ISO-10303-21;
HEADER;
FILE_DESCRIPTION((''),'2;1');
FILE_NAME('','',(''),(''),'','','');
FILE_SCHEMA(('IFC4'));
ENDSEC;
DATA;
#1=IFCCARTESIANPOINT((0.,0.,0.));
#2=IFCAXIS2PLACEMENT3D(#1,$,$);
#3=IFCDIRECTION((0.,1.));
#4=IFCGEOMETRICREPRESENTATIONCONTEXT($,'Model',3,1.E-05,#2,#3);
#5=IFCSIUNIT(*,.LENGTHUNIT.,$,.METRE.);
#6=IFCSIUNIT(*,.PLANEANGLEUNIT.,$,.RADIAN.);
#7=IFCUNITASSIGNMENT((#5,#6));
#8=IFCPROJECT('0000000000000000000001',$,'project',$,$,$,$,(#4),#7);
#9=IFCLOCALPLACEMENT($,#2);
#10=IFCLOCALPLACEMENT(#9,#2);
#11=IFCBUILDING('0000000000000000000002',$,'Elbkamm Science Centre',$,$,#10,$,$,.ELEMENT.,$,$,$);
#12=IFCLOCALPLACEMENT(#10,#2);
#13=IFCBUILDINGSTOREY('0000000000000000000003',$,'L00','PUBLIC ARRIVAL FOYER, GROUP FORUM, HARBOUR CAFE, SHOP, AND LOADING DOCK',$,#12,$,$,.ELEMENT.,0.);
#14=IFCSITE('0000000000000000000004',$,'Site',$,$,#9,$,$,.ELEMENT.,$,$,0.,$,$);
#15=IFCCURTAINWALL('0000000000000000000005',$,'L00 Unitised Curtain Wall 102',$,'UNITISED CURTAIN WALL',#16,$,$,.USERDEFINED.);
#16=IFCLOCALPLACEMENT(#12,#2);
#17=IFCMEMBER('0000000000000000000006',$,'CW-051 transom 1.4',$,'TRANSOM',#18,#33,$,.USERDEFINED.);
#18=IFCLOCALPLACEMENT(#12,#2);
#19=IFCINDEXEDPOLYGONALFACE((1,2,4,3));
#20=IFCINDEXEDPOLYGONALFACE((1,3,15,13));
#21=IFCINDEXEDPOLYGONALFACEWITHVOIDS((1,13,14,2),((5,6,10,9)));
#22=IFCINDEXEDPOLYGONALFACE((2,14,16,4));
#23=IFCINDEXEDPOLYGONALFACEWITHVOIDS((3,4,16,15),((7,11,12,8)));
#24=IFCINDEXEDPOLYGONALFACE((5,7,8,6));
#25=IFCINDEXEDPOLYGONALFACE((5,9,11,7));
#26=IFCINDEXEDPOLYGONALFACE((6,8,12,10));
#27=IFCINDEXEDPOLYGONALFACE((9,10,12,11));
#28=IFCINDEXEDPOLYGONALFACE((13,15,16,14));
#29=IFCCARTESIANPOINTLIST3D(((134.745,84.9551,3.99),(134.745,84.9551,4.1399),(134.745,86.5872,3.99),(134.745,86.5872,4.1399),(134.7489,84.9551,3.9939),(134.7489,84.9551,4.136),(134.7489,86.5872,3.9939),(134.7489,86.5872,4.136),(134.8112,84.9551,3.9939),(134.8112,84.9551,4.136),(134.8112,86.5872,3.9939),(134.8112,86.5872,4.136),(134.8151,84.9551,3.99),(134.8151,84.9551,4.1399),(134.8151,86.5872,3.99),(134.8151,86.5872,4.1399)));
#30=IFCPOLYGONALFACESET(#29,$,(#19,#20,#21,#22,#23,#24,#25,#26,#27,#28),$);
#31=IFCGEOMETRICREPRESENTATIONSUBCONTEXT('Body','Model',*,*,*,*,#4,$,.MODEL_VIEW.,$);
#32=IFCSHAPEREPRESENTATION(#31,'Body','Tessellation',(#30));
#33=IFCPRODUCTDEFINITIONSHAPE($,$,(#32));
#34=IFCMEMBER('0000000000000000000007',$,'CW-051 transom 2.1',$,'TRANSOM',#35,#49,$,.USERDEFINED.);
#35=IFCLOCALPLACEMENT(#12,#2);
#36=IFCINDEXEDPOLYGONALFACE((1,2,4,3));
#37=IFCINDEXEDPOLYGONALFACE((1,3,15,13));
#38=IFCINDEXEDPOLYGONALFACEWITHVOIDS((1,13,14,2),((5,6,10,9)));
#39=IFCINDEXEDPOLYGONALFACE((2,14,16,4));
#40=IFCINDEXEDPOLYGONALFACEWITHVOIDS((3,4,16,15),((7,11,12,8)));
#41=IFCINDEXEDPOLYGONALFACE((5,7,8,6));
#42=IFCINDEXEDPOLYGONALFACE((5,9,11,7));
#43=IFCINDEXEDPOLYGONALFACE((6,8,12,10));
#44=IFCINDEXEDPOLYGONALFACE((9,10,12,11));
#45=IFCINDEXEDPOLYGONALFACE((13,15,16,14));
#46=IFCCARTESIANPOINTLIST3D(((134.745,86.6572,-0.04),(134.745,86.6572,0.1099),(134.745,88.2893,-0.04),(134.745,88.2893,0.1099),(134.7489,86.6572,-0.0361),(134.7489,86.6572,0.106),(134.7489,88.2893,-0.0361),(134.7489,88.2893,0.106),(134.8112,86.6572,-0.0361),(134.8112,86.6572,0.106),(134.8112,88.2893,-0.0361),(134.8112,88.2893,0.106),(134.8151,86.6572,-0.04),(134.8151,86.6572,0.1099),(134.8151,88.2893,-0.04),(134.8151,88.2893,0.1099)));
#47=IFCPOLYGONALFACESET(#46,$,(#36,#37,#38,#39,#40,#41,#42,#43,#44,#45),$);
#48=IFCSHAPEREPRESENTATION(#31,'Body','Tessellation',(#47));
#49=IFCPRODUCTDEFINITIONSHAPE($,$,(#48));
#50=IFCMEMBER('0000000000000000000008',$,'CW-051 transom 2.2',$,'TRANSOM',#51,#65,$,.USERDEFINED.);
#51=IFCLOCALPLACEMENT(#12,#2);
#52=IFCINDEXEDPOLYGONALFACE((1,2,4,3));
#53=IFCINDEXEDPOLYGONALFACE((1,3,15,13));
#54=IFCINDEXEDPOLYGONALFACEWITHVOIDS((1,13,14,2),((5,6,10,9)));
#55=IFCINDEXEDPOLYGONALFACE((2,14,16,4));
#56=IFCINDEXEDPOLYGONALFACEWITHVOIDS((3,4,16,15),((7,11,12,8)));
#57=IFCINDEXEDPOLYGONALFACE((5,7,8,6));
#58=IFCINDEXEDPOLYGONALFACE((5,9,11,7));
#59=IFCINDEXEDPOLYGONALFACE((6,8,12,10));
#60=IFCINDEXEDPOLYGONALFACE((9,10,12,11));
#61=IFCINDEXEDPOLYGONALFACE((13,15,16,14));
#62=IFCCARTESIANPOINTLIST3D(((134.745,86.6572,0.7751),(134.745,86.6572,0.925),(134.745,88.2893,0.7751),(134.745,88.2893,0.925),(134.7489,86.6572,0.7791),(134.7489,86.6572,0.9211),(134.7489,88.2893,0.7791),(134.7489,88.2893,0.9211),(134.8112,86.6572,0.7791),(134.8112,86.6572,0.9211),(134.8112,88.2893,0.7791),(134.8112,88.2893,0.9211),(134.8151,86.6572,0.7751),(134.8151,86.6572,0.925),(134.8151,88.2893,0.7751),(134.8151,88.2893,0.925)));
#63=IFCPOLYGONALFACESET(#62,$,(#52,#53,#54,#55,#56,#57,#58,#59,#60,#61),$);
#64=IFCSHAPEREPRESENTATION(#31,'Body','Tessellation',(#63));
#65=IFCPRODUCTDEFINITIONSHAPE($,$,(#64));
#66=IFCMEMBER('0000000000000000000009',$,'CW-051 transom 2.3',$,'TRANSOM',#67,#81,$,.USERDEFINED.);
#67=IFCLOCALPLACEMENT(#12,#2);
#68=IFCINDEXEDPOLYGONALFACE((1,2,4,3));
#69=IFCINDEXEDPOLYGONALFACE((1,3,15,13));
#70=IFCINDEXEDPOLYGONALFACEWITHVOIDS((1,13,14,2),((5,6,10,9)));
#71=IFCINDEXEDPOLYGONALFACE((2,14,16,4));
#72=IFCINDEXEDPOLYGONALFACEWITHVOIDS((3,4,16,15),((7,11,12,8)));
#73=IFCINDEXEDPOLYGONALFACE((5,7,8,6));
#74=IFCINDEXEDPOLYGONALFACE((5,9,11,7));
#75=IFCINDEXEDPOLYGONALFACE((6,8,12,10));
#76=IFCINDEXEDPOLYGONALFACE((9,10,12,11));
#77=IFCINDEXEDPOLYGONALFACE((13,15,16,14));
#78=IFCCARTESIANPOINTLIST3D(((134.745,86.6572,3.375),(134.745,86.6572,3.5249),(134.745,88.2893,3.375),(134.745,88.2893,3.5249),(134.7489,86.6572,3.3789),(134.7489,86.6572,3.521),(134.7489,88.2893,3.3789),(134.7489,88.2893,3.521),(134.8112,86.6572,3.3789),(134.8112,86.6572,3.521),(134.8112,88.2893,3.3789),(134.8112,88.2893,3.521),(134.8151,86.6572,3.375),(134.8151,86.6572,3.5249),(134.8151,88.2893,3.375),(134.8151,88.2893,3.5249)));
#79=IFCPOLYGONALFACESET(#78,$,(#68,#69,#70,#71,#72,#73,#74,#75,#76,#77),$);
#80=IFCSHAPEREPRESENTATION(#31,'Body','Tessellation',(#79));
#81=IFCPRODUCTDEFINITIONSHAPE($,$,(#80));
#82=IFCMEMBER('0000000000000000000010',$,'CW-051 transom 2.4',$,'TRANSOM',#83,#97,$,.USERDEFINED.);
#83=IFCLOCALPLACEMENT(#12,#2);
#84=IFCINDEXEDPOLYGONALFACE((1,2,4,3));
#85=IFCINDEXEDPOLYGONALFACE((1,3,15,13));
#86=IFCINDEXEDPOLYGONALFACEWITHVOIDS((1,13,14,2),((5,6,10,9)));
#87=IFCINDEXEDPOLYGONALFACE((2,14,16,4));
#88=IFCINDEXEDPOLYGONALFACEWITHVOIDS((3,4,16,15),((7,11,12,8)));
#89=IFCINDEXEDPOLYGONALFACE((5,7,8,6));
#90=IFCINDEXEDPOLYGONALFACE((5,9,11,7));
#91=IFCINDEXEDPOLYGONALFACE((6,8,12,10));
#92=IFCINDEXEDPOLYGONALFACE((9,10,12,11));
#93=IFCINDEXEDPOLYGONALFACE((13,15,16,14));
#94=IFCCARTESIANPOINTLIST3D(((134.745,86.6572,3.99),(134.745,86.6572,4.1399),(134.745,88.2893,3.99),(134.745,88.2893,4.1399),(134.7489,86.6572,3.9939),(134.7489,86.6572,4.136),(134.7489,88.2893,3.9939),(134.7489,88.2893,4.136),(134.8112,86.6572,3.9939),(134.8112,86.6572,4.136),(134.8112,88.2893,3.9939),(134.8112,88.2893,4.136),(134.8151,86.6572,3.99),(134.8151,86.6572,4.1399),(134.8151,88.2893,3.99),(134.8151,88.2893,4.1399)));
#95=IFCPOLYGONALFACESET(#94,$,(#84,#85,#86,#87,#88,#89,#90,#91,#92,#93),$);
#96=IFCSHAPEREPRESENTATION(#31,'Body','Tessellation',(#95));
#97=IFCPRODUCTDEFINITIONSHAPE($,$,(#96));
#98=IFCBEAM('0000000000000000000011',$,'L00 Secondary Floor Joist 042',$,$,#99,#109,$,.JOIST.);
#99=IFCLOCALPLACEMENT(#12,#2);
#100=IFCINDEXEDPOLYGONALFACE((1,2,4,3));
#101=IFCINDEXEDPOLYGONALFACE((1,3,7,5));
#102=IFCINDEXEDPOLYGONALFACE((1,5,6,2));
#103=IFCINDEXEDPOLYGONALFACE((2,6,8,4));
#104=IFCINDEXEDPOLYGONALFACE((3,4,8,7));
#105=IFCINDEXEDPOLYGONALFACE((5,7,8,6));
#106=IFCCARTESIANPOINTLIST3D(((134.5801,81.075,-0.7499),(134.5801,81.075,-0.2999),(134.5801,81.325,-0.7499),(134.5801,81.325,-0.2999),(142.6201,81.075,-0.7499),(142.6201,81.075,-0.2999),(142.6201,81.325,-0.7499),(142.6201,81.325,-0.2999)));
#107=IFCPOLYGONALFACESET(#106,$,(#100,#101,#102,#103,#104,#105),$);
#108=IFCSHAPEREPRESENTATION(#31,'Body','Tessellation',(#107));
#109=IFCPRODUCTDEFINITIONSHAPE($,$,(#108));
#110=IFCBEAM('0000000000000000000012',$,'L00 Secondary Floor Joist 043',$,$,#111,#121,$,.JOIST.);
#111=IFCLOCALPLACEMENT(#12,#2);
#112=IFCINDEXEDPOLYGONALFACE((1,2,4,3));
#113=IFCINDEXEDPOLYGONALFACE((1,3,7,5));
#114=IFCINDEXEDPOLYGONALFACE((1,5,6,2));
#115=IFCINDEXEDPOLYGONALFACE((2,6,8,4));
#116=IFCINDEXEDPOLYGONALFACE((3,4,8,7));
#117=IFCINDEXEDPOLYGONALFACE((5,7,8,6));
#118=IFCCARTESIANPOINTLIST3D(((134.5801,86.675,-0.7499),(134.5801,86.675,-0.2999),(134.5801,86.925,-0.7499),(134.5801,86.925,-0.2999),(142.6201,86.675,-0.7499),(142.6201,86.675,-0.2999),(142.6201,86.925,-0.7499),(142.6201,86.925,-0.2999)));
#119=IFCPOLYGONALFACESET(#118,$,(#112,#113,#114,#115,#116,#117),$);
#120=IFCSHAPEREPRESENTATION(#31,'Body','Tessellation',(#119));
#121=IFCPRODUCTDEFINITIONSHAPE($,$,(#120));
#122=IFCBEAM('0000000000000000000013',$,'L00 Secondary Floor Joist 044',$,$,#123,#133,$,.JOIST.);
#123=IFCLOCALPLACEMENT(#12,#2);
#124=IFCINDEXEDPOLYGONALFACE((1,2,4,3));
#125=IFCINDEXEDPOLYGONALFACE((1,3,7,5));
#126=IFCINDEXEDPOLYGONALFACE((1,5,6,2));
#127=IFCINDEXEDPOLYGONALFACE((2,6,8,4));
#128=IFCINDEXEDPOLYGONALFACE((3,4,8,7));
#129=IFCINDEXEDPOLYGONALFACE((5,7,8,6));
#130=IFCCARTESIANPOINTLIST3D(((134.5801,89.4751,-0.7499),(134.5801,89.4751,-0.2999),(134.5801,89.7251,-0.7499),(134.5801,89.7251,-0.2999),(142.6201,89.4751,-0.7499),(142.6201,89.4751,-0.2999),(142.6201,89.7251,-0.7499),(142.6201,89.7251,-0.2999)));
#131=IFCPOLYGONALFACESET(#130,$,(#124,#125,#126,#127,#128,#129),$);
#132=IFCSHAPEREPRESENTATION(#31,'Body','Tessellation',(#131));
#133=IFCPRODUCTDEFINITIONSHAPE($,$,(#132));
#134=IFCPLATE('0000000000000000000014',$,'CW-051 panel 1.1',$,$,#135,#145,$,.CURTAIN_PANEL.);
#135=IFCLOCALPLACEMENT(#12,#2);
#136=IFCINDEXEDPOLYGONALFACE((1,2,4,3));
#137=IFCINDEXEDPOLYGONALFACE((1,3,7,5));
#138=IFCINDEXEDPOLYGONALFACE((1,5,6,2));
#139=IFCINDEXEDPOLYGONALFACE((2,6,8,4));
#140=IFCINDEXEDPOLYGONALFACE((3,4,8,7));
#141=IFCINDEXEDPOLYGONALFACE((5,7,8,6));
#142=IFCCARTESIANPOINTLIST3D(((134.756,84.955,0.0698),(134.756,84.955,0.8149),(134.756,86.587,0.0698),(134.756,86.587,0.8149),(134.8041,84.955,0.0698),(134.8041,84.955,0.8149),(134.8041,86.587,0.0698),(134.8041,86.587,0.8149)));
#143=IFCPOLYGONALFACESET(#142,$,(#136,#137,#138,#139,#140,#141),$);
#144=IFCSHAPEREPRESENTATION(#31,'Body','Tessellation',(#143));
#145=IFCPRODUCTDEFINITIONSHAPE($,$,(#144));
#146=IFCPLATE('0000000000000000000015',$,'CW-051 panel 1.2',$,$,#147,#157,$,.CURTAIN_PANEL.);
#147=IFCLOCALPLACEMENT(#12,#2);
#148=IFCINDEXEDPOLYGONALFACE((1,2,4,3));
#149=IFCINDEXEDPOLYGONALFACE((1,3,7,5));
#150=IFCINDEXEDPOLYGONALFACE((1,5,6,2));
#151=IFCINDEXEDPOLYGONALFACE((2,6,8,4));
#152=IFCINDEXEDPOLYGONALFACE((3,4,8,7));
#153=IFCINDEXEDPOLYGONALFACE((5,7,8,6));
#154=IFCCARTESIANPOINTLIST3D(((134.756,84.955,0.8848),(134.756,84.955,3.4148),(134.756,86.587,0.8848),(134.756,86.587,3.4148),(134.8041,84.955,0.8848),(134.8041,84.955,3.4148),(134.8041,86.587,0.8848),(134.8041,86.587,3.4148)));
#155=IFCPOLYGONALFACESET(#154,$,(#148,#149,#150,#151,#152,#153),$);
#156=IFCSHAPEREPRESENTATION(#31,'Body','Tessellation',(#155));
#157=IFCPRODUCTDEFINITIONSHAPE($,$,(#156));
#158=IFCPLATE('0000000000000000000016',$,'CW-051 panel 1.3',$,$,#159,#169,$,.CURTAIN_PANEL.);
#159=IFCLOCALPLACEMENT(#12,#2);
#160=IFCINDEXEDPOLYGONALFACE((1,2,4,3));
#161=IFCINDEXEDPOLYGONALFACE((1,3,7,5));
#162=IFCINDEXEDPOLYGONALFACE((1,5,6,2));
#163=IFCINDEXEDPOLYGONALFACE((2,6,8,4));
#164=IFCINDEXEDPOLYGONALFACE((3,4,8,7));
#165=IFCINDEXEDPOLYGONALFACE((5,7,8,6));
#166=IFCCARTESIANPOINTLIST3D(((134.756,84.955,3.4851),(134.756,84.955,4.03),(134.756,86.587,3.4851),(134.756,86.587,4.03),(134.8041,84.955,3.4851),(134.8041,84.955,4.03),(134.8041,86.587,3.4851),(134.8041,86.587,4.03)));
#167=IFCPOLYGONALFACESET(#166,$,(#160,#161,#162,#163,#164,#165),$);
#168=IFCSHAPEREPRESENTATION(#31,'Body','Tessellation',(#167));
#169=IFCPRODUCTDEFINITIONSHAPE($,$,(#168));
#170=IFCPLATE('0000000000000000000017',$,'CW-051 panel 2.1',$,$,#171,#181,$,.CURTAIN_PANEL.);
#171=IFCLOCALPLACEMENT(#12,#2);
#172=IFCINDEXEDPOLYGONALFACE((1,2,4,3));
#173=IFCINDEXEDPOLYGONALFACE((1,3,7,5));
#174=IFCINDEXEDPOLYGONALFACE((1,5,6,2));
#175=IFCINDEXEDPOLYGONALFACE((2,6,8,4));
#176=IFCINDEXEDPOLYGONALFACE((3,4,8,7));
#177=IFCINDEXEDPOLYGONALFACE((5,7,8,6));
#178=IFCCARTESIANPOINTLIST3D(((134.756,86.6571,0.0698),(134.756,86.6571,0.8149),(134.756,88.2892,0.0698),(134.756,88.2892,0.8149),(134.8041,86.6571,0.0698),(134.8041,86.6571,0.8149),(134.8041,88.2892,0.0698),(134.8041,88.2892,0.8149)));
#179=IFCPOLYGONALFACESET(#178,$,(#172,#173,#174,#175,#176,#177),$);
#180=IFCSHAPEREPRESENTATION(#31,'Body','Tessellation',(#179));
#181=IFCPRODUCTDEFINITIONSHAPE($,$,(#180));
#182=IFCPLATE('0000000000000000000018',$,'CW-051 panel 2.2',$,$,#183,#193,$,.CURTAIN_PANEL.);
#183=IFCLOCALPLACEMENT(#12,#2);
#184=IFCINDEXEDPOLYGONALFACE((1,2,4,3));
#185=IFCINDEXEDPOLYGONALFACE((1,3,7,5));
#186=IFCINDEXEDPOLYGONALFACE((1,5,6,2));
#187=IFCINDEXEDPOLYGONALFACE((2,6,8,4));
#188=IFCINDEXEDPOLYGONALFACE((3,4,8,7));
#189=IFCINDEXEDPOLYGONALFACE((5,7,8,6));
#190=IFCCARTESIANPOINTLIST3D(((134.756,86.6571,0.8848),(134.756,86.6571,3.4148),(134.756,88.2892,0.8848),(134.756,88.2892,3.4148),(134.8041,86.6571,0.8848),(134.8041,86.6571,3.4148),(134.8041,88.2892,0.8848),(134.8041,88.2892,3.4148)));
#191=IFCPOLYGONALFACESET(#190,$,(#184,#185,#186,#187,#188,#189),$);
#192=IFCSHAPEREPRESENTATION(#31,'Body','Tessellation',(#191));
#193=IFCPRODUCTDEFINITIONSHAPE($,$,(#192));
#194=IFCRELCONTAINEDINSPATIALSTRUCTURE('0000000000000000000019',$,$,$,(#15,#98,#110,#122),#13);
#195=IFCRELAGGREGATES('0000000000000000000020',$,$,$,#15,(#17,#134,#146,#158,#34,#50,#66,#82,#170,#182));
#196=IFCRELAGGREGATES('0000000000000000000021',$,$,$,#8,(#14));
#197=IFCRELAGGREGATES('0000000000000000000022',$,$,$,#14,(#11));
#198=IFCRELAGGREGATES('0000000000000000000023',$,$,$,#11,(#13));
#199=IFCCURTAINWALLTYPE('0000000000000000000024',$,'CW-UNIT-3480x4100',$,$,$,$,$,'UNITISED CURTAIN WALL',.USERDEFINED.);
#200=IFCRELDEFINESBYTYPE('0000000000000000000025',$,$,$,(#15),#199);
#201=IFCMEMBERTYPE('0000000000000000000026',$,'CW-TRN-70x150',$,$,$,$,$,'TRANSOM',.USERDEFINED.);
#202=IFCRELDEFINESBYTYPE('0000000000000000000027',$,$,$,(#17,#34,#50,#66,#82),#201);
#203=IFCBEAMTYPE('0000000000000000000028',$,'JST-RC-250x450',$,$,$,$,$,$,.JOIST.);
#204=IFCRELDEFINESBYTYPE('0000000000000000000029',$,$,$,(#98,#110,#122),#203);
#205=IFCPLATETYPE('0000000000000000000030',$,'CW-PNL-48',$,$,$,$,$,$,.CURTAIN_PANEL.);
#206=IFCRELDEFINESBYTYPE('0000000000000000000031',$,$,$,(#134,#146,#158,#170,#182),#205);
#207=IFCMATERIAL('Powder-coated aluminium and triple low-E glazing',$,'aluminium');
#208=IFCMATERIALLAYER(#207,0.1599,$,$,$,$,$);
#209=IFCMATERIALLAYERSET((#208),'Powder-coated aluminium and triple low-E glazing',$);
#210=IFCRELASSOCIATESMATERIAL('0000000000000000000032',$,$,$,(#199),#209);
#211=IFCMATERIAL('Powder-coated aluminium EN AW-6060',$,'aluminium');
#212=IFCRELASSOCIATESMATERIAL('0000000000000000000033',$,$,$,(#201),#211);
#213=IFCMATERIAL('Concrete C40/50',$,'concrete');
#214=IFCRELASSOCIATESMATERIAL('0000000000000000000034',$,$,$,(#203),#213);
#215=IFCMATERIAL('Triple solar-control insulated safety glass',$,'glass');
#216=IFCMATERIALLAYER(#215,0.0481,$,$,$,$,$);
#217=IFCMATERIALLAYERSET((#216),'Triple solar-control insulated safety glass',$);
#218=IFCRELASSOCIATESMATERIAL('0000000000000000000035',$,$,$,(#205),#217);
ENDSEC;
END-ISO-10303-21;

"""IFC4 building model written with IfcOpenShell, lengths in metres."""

from ifc_helpers import new_model, si_unit, direction, frame, origin, origin_2d, place, context, subcontext, project, spatial, rectangle, hollow_rectangle, extrude, material, layer, layer_set, material_profile, profile_set, type_object, element, aggregate, save


model = new_model("IFC4")

# Units and contexts
model_context = context("Model", 3, precision=1e-05, world=origin(), true_north=direction((0.0, 1.0)))
body_context = subcontext(model_context, "Body", "Model", "MODEL_VIEW")
ifc_project = project(units=[si_unit("LENGTHUNIT", "METRE"), si_unit("PLANEANGLEUNIT", "RADIAN")], contexts=[model_context])

# Site, building, storey
site_placement = place(None, origin())
site = spatial("IfcSite", under=ifc_project, at=site_placement, Name="Site", CompositionType="ELEMENT", RefElevation=0.0)
building_placement = place(site_placement, origin())
building = spatial("IfcBuilding", under=site, at=building_placement, Name="Elbkamm Science Centre", CompositionType="ELEMENT")
storey_placement = place(building_placement, origin())
storey = spatial("IfcBuildingStorey", under=building, at=storey_placement, Name="L00", Description="PUBLIC ARRIVAL FOYER, GROUP FORUM, HARBOUR CAFE, SHOP, AND LOADING DOCK", CompositionType="ELEMENT", Elevation=0.0)

# Shared definitions
ifc_material_1 = material(Name="Concrete C40/50", Category="concrete")

# Curtain wall, members
ifc_material_2 = material(Name="Powder-coated aluminium and triple low-E glazing", Category="aluminium")
ifc_layer_1 = layer(ifc_material_2, 0.1599)
ifc_layer_set_1 = layer_set([ifc_layer_1], Name="Powder-coated aluminium and triple low-E glazing")
curtain_wall_type = type_object("IfcCurtainWallType", Name="CW-UNIT-3480x4100", ElementType="UNITISED CURTAIN WALL", PredefinedType="USERDEFINED", material=ifc_layer_set_1)
curtain_wall_placement = place(storey_placement, origin())
curtain_wall = element("IfcCurtainWall", 1, at=curtain_wall_placement, inside=storey, type_object=curtain_wall_type, Name="L00 Unitised Curtain Wall 102", ObjectType="UNITISED CURTAIN WALL", PredefinedType="USERDEFINED")
ifc_material_3 = material(Name="Powder-coated aluminium EN AW-6060", Category="aluminium")
ifc_material_profile_1 = material_profile(ifc_material_3, hollow_rectangle(XDim=0.0701, YDim=0.1499, WallThickness=0.0039, at=origin_2d()), Name="ALU T70x150")
ifc_profile_set_1 = profile_set([ifc_material_profile_1], Name="Powder-coated aluminium EN AW-6060")
member_type_1 = type_object("IfcMemberType", Name="CW-TRN-70x150", ElementType="TRANSOM", PredefinedType="USERDEFINED", material=ifc_profile_set_1)
member_1_placement = place(storey_placement, frame((134.78, 84.9551, 4.0649), z_axis=(0.0, 1.0, 0.0), x_axis=(-1.0, 0.0, 0.0)))
member_1 = element("IfcMember", 2, at=member_1_placement, type_object=member_type_1, Name="CW-051 transom 1.4", ObjectType="TRANSOM", PredefinedType="USERDEFINED", context=body_context, shape_type="SweptSolid", body=[
    extrude(hollow_rectangle(XDim=0.0701, YDim=0.1499, WallThickness=0.0039, at=origin_2d()), origin(), (0.0, 0.0, 1.0), 1.6321),
])
member_2_placement = place(storey_placement, frame((134.78, 86.6572, 0.0349), z_axis=(0.0, 1.0, 0.0), x_axis=(-1.0, 0.0, 0.0)))
member_2 = element("IfcMember", 3, at=member_2_placement, type_object=member_type_1, Name="CW-051 transom 2.1", ObjectType="TRANSOM", PredefinedType="USERDEFINED", context=body_context, shape_type="SweptSolid", body=[
    extrude(hollow_rectangle(XDim=0.0701, YDim=0.1499, WallThickness=0.0039, at=origin_2d()), origin(), (0.0, 0.0, 1.0), 1.6321),
])
member_3_placement = place(storey_placement, frame((134.78, 86.6572, 0.8501), z_axis=(0.0, 1.0, 0.0), x_axis=(-1.0, 0.0, 0.0)))
member_3 = element("IfcMember", 4, at=member_3_placement, type_object=member_type_1, Name="CW-051 transom 2.2", ObjectType="TRANSOM", PredefinedType="USERDEFINED", context=body_context, shape_type="SweptSolid", body=[
    extrude(hollow_rectangle(XDim=0.0701, YDim=0.1499, WallThickness=0.0039, at=origin_2d()), origin(), (0.0, 0.0, 1.0), 1.6321),
])
member_4_placement = place(storey_placement, frame((134.78, 86.6572, 3.45), z_axis=(0.0, 1.0, 0.0), x_axis=(-1.0, 0.0, 0.0)))
member_4 = element("IfcMember", 5, at=member_4_placement, type_object=member_type_1, Name="CW-051 transom 2.3", ObjectType="TRANSOM", PredefinedType="USERDEFINED", context=body_context, shape_type="SweptSolid", body=[
    extrude(hollow_rectangle(XDim=0.0701, YDim=0.1499, WallThickness=0.0039, at=origin_2d()), origin(), (0.0, 0.0, 1.0), 1.6321),
])
member_5_placement = place(storey_placement, frame((134.78, 86.6572, 4.0649), z_axis=(0.0, 1.0, 0.0), x_axis=(-1.0, 0.0, 0.0)))
member_5 = element("IfcMember", 6, at=member_5_placement, type_object=member_type_1, Name="CW-051 transom 2.4", ObjectType="TRANSOM", PredefinedType="USERDEFINED", context=body_context, shape_type="SweptSolid", body=[
    extrude(hollow_rectangle(XDim=0.0701, YDim=0.1499, WallThickness=0.0039, at=origin_2d()), origin(), (0.0, 0.0, 1.0), 1.6321),
])

# Beams
ifc_material_profile_2 = material_profile(ifc_material_1, rectangle(XDim=0.25, YDim=0.45, at=origin_2d()), Name="RC 250x450")
ifc_profile_set_2 = profile_set([ifc_material_profile_2], Name="Concrete C40/50")
beam_type_1 = type_object("IfcBeamType", Name="JST-RC-250x450", PredefinedType="JOIST", material=ifc_profile_set_2)
for number, where, z_axis, x_axis, name in (
    (7, (134.5801, 81.2, -0.5249), (1.0, 0.0, 0.0), (0.0, 1.0, 0.0), "L00 Secondary Floor Joist 042"),
    (8, (134.5801, 86.8, -0.5249), (1.0, 0.0, 0.0), (0.0, 1.0, 0.0), "L00 Secondary Floor Joist 043"),
    (9, (134.5801, 89.6001, -0.5249), (1.0, 0.0, 0.0), (0.0, 1.0, 0.0), "L00 Secondary Floor Joist 044"),
):
    element("IfcBeam", number, at=place(storey_placement, frame(where, z_axis=z_axis, x_axis=x_axis)), inside=storey, type_object=beam_type_1, Name=name, PredefinedType="JOIST", context=body_context, shape_type="SweptSolid", body=[
        extrude(rectangle(XDim=0.25, YDim=0.45, at=origin_2d()), origin(), (0.0, 0.0, 1.0), 8.04),
    ])

# Plates
ifc_material_4 = material(Name="Triple solar-control insulated safety glass", Category="glass")
ifc_layer_2 = layer(ifc_material_4, 0.0481)
ifc_layer_set_2 = layer_set([ifc_layer_2], Name="Triple solar-control insulated safety glass")
plate_type = type_object("IfcPlateType", Name="CW-PNL-48", PredefinedType="CURTAIN_PANEL", material=ifc_layer_set_2)
plate_1_placement = place(storey_placement, frame((134.78, 85.771, 0.0698), z_axis=(0.0, 0.0, 1.0), x_axis=(0.0, 1.0, 0.0)))
plate_1 = element("IfcPlate", 10, at=plate_1_placement, type_object=plate_type, Name="CW-051 panel 1.1", PredefinedType="CURTAIN_PANEL", context=body_context, shape_type="SweptSolid", body=[
    extrude(rectangle(XDim=1.6321, YDim=0.0481, at=origin_2d()), origin(), (0.0, 0.0, 1.0), 0.7451),
])
plate_2_placement = place(storey_placement, frame((134.78, 85.771, 0.8848), z_axis=(0.0, 0.0, 1.0), x_axis=(0.0, 1.0, 0.0)))
plate_2 = element("IfcPlate", 11, at=plate_2_placement, type_object=plate_type, Name="CW-051 panel 1.2", PredefinedType="CURTAIN_PANEL", context=body_context, shape_type="SweptSolid", body=[
    extrude(rectangle(XDim=1.6321, YDim=0.0481, at=origin_2d()), origin(), (0.0, 0.0, 1.0), 2.53),
])
plate_3_placement = place(storey_placement, frame((134.78, 85.771, 3.4851), z_axis=(0.0, 0.0, 1.0), x_axis=(0.0, 1.0, 0.0)))
plate_3 = element("IfcPlate", 12, at=plate_3_placement, type_object=plate_type, Name="CW-051 panel 1.3", PredefinedType="CURTAIN_PANEL", context=body_context, shape_type="SweptSolid", body=[
    extrude(rectangle(XDim=1.6321, YDim=0.0481, at=origin_2d()), origin(), (0.0, 0.0, 1.0), 0.5449),
])
plate_4_placement = place(storey_placement, frame((134.78, 87.4731, 0.0698), z_axis=(0.0, 0.0, 1.0), x_axis=(0.0, 1.0, 0.0)))
plate_4 = element("IfcPlate", 13, at=plate_4_placement, type_object=plate_type, Name="CW-051 panel 2.1", PredefinedType="CURTAIN_PANEL", context=body_context, shape_type="SweptSolid", body=[
    extrude(rectangle(XDim=1.6321, YDim=0.0481, at=origin_2d()), origin(), (0.0, 0.0, 1.0), 0.7451),
])
plate_5_placement = place(storey_placement, frame((134.78, 87.4731, 0.8848), z_axis=(0.0, 0.0, 1.0), x_axis=(0.0, 1.0, 0.0)))
plate_5 = element("IfcPlate", 14, at=plate_5_placement, type_object=plate_type, Name="CW-051 panel 2.2", PredefinedType="CURTAIN_PANEL", context=body_context, shape_type="SweptSolid", body=[
    extrude(rectangle(XDim=1.6321, YDim=0.0481, at=origin_2d()), origin(), (0.0, 0.0, 1.0), 2.53),
])
aggregate(curtain_wall, [member_1, plate_1, plate_2, plate_3, member_2, member_3, member_4, member_5, plate_4, plate_5])

save(model, "model.ifc")
